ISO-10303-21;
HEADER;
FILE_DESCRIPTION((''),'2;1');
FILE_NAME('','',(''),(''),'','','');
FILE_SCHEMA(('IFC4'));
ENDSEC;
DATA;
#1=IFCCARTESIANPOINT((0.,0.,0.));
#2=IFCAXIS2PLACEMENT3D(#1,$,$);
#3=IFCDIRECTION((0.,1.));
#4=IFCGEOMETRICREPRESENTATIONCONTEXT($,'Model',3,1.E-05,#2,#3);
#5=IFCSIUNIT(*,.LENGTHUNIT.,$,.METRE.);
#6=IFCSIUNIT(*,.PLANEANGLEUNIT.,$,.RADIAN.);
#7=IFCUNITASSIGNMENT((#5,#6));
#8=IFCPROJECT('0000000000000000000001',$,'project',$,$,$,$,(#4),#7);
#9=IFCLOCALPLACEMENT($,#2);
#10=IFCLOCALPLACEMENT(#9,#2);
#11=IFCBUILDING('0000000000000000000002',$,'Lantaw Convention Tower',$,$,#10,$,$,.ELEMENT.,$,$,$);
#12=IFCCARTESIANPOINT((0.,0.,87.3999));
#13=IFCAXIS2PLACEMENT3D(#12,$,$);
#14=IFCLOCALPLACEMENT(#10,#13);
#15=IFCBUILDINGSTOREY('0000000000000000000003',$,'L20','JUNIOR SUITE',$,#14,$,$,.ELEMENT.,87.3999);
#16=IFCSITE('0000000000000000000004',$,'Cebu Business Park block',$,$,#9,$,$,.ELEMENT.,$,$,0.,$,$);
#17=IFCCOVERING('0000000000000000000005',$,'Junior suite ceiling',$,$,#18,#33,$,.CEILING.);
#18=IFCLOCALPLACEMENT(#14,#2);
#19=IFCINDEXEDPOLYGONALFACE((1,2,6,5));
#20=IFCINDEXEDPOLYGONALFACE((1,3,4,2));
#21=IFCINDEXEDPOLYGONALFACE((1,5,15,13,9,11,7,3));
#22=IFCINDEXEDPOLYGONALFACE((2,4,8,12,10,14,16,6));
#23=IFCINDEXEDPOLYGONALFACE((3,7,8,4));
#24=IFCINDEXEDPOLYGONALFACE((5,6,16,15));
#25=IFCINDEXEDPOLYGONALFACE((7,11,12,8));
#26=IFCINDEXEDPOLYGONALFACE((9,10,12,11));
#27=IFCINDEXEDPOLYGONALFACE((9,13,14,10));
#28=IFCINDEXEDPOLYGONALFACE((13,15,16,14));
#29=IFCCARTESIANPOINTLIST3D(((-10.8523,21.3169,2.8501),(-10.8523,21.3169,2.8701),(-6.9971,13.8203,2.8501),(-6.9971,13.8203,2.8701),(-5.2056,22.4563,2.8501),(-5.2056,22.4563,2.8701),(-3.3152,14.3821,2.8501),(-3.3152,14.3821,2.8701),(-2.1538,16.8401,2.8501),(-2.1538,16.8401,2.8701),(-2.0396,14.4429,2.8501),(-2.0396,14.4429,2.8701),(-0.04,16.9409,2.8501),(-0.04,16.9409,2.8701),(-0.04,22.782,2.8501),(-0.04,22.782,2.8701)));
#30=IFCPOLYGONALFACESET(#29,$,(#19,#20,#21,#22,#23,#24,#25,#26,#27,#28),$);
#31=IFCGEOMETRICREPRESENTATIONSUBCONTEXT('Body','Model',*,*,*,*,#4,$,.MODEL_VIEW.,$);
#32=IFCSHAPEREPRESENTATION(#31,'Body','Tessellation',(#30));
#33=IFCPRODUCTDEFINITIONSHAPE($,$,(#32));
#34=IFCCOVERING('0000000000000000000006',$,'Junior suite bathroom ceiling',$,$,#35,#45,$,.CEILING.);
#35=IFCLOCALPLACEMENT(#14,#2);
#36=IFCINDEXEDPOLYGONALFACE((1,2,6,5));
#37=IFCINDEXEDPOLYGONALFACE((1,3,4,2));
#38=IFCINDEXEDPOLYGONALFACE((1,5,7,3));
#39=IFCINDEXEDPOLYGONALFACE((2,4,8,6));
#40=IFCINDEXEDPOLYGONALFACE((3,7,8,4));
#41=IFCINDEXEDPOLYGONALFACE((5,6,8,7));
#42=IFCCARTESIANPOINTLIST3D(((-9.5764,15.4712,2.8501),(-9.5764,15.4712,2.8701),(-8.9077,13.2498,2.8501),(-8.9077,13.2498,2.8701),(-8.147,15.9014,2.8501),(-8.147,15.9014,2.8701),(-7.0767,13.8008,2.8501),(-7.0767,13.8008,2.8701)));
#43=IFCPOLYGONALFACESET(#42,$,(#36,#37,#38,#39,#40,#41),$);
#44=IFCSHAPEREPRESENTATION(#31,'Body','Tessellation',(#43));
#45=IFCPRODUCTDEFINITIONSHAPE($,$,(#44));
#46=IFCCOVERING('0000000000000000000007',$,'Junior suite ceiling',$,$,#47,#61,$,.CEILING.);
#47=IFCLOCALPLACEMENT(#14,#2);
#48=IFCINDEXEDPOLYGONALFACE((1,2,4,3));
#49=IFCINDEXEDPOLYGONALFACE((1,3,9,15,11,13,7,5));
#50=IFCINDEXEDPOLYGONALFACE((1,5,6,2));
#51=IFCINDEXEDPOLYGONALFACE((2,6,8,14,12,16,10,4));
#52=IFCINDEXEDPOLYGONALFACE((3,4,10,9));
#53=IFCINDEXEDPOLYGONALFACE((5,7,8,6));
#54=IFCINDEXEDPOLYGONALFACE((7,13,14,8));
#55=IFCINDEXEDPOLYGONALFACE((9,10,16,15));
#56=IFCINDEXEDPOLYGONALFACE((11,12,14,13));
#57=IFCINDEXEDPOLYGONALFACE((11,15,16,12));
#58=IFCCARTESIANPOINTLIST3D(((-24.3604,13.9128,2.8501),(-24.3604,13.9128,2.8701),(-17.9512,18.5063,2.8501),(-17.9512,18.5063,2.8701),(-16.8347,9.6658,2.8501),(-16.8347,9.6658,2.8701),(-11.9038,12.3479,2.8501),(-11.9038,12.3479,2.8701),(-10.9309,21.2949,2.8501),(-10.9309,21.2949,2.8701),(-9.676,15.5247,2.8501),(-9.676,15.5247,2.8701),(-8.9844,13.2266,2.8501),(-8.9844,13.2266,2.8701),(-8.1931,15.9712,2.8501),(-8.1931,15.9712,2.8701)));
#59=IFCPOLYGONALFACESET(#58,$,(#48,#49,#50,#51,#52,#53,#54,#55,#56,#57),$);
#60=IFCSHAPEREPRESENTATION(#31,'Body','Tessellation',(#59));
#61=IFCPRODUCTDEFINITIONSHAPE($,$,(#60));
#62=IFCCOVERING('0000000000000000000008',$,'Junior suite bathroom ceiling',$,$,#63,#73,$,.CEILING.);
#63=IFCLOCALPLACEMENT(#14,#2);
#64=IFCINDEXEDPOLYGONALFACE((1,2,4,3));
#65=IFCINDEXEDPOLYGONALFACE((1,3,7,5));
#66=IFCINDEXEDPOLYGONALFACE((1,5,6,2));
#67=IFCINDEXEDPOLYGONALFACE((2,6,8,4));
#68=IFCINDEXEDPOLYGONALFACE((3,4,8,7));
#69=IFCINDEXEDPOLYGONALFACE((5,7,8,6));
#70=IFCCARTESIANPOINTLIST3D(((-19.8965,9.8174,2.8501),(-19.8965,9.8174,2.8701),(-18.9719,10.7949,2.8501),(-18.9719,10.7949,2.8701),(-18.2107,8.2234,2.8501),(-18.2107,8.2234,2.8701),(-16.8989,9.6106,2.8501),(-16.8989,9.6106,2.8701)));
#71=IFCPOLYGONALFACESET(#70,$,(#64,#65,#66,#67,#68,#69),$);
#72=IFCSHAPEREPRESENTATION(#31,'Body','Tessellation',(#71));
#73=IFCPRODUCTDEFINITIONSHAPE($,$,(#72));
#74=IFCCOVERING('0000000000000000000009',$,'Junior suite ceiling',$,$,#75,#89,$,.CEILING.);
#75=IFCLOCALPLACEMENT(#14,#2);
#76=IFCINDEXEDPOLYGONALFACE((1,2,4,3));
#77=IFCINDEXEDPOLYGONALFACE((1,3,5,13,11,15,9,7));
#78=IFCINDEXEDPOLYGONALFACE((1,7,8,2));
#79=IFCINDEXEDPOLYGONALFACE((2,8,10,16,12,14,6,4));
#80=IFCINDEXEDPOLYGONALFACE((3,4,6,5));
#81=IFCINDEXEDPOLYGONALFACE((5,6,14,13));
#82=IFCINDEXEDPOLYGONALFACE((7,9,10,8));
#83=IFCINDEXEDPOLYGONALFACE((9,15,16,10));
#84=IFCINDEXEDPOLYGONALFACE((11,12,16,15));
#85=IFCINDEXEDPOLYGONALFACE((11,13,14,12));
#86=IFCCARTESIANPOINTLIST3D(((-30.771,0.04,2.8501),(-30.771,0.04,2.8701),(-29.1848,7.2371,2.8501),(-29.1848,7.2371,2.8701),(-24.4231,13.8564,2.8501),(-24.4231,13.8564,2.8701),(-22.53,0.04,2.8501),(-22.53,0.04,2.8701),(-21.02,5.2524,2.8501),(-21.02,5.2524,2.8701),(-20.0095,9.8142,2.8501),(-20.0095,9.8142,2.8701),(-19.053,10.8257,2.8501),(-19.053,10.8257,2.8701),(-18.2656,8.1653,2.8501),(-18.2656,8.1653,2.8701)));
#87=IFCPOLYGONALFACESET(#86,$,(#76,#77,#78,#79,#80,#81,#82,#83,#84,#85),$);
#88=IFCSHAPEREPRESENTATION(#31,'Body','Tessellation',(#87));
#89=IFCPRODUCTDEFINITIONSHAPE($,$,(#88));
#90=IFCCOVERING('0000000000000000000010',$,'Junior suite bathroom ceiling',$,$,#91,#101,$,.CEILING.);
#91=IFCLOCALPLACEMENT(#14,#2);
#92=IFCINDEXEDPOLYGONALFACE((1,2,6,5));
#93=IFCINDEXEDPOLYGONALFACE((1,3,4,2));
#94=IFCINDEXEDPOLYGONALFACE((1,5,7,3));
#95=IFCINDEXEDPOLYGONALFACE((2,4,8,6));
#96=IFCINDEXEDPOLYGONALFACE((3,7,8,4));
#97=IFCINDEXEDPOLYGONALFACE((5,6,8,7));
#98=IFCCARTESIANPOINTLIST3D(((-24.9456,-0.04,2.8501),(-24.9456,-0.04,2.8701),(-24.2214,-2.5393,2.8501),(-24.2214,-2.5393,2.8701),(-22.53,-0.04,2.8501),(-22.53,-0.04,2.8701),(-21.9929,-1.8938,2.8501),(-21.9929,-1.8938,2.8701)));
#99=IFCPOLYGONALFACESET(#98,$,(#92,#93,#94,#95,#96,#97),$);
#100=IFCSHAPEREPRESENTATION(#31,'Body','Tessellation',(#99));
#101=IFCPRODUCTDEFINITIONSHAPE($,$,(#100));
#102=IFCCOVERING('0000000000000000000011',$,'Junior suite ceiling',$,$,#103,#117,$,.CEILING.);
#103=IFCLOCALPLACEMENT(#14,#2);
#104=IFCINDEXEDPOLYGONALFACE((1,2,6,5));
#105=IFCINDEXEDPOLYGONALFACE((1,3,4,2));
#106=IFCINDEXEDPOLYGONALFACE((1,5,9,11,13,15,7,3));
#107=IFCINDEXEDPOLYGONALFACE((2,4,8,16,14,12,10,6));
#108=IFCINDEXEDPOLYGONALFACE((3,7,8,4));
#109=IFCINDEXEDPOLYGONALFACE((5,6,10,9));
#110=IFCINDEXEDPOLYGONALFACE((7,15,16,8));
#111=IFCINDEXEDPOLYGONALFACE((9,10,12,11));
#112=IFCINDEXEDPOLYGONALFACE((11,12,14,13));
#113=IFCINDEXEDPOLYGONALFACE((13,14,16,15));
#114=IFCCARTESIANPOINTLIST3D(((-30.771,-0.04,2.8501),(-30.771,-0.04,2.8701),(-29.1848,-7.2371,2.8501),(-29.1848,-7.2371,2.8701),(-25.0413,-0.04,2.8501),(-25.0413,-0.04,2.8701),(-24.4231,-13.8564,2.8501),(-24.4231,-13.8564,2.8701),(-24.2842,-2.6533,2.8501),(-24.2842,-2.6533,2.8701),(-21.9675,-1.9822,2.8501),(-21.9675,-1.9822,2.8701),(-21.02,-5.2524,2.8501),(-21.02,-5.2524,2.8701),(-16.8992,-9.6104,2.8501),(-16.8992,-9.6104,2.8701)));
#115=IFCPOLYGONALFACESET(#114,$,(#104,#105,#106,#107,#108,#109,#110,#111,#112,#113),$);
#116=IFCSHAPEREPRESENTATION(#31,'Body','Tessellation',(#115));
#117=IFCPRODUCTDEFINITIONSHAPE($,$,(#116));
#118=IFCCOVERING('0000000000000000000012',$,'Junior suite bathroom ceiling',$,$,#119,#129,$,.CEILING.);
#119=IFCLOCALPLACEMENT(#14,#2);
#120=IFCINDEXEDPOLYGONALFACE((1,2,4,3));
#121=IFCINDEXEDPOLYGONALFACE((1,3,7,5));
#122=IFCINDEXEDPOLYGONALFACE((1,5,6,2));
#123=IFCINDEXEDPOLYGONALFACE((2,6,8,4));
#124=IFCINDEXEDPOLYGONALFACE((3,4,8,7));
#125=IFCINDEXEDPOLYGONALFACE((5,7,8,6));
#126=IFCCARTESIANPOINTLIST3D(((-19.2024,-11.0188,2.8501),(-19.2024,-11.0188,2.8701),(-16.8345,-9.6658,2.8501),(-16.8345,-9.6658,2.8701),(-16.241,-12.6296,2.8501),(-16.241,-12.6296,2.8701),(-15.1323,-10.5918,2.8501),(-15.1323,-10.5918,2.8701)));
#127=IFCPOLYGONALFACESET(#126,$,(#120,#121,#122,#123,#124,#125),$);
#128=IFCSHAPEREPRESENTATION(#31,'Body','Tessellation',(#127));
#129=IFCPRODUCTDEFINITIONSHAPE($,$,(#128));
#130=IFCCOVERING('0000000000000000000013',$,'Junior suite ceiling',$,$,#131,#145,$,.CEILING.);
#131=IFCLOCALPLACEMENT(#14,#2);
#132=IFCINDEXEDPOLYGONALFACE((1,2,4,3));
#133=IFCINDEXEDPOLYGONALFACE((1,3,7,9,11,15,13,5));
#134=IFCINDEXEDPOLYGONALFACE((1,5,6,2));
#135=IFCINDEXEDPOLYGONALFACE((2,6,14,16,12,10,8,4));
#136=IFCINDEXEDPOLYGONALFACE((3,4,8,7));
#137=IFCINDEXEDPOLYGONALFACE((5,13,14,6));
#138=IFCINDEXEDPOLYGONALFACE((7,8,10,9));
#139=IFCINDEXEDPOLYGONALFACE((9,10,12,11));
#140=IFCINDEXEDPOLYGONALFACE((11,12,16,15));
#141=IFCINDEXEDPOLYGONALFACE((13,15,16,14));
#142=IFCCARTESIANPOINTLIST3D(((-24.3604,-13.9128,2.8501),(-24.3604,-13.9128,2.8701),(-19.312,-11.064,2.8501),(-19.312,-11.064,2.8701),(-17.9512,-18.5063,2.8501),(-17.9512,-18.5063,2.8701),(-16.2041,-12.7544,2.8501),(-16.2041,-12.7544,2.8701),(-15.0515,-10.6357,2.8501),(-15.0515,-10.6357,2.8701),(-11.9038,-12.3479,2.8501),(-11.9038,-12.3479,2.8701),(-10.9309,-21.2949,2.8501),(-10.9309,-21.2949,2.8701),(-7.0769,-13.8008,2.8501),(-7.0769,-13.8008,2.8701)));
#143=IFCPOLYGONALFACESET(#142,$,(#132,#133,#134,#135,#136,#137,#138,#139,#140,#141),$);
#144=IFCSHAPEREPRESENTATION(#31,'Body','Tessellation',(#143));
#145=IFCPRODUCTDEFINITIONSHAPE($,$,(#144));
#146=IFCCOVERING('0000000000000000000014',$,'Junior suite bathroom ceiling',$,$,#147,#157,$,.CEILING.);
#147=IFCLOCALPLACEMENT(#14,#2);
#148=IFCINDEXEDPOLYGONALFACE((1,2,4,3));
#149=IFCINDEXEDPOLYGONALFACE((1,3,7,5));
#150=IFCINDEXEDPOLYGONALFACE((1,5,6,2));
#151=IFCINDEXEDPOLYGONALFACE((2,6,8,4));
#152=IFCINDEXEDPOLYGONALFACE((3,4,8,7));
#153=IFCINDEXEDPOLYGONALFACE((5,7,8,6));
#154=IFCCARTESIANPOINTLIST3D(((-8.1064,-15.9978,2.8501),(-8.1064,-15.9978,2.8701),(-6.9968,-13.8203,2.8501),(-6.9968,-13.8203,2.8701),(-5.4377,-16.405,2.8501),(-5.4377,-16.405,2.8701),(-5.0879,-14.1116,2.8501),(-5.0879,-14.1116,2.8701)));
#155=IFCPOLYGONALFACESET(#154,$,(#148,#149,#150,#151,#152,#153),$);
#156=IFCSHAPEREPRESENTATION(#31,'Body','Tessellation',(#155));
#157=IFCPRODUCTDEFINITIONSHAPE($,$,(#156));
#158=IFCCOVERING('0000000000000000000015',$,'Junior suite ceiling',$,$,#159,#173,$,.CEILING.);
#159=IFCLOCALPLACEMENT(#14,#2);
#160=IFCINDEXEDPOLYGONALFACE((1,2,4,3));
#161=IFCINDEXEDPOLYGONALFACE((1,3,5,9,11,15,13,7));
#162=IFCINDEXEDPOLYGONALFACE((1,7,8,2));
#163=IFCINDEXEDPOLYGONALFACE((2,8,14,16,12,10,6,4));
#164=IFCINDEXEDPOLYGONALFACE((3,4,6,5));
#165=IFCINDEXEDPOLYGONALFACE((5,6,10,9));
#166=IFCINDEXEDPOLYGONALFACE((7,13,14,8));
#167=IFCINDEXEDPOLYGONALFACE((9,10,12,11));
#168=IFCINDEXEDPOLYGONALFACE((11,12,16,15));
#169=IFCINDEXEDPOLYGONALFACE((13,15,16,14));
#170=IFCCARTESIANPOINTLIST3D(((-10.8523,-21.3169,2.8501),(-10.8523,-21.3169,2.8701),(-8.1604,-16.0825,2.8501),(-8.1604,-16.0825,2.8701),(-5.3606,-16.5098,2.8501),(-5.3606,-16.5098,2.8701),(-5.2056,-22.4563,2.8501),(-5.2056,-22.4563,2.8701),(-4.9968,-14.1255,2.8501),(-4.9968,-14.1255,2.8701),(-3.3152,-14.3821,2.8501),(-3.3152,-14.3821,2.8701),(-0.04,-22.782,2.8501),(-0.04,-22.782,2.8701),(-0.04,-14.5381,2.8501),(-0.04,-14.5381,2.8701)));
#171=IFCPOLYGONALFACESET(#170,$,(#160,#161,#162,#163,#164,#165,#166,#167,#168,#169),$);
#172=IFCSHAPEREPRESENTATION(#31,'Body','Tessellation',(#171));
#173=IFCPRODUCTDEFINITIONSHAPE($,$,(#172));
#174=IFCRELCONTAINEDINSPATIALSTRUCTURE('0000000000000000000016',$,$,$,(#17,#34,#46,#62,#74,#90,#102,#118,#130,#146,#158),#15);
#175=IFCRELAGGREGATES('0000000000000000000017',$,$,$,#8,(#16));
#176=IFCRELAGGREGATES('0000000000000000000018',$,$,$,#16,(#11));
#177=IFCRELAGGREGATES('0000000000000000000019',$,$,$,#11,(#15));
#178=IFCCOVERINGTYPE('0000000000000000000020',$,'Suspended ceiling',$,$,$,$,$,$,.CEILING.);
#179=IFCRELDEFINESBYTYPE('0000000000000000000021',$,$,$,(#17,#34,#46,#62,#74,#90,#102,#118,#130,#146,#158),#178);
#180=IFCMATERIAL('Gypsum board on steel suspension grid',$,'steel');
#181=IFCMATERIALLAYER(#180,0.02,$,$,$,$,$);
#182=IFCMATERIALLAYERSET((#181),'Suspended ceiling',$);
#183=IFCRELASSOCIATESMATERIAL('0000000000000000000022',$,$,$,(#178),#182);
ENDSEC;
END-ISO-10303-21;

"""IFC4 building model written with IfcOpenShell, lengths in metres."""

from ifc_helpers import new_model, si_unit, direction, frame, origin, place, context, subcontext, project, spatial, polyline, outline, extrude, material, layer, layer_set, type_object, element, save


model = new_model("IFC4")

# Units and contexts
model_context = context("Model", 3, precision=1e-05, world=origin(), true_north=direction((0.0, 1.0)))
body_context = subcontext(model_context, "Body", "Model", "MODEL_VIEW")
ifc_project = project(units=[si_unit("LENGTHUNIT", "METRE"), si_unit("PLANEANGLEUNIT", "RADIAN")], contexts=[model_context])

# Site, building, storey
site_placement = place(None, origin())
site = spatial("IfcSite", under=ifc_project, at=site_placement, Name="Cebu Business Park block", CompositionType="ELEMENT", RefElevation=0.0)
building_placement = place(site_placement, origin())
building = spatial("IfcBuilding", under=site, at=building_placement, Name="Lantaw Convention Tower", CompositionType="ELEMENT")
storey_placement = place(building_placement, frame((0.0, 0.0, 87.3999)))
storey = spatial("IfcBuildingStorey", under=building, at=storey_placement, Name="L20", Description="JUNIOR SUITE", CompositionType="ELEMENT", Elevation=87.3999)

# Coverings
ifc_material_1 = material(Name="Gypsum board on steel suspension grid", Category="steel")
ifc_layer_1 = layer(ifc_material_1, 0.02)
ifc_layer_set_1 = layer_set([ifc_layer_1], Name="Suspended ceiling")
covering_type = type_object("IfcCoveringType", Name="Suspended ceiling", PredefinedType="CEILING", material=ifc_layer_set_1)
covering_1_placement = place(storey_placement, frame((0.0, 0.0, 2.8501)))
element("IfcCovering", 1, at=covering_1_placement, inside=storey, type_object=covering_type, Name="Junior suite ceiling", PredefinedType="CEILING", context=body_context, shape_type="SweptSolid", body=[
    extrude(outline(polyline([(-3.3152, 14.3821), (-2.0396, 14.4429), (-2.1538, 16.8401), (-0.04, 16.9409), (-0.04, 22.782), (-5.2056, 22.4563), (-10.8523, 21.3169), (-6.9971, 13.8203), (-3.3152, 14.3821)])), origin(), (0.0, 0.0, 1.0), 0.02),
])
covering_2_placement = place(storey_placement, frame((0.0, 0.0, 2.8501)))
element("IfcCovering", 2, at=covering_2_placement, inside=storey, type_object=covering_type, Name="Junior suite bathroom ceiling", PredefinedType="CEILING", context=body_context, shape_type="SweptSolid", body=[
    extrude(outline(polyline([(-7.0767, 13.8008), (-8.147, 15.9014), (-9.5764, 15.4712), (-8.9077, 13.2498), (-7.0767, 13.8008)])), origin(), (0.0, 0.0, 1.0), 0.02),
])
covering_3_placement = place(storey_placement, frame((0.0, 0.0, 2.8501)))
element("IfcCovering", 3, at=covering_3_placement, inside=storey, type_object=covering_type, Name="Junior suite ceiling", PredefinedType="CEILING", context=body_context, shape_type="SweptSolid", body=[
    extrude(outline(polyline([(-11.9038, 12.3479), (-8.9844, 13.2266), (-9.676, 15.5247), (-8.1931, 15.9712), (-10.9309, 21.2949), (-17.9512, 18.5063), (-24.3604, 13.9128), (-16.8347, 9.6658), (-11.9038, 12.3479)])), origin(), (0.0, 0.0, 1.0), 0.02),
])
covering_4_placement = place(storey_placement, frame((0.0, 0.0, 2.8501)))
element("IfcCovering", 4, at=covering_4_placement, inside=storey, type_object=covering_type, Name="Junior suite bathroom ceiling", PredefinedType="CEILING", context=body_context, shape_type="SweptSolid", body=[
    extrude(outline(polyline([(-16.8989, 9.6106), (-18.9719, 10.7949), (-19.8965, 9.8174), (-18.2107, 8.2234), (-16.8989, 9.6106)])), origin(), (0.0, 0.0, 1.0), 0.02),
])
covering_5_placement = place(storey_placement, frame((0.0, 0.0, 2.8501)))
element("IfcCovering", 5, at=covering_5_placement, inside=storey, type_object=covering_type, Name="Junior suite ceiling", PredefinedType="CEILING", context=body_context, shape_type="SweptSolid", body=[
    extrude(outline(polyline([(-21.02, 5.2524), (-18.2656, 8.1653), (-20.0095, 9.8142), (-19.053, 10.8257), (-24.4231, 13.8564), (-29.1848, 7.2371), (-30.771, 0.04), (-22.53, 0.04), (-21.02, 5.2524)])), origin(), (0.0, 0.0, 1.0), 0.02),
])
covering_6_placement = place(storey_placement, frame((0.0, 0.0, 2.8501)))
element("IfcCovering", 6, at=covering_6_placement, inside=storey, type_object=covering_type, Name="Junior suite bathroom ceiling", PredefinedType="CEILING", context=body_context, shape_type="SweptSolid", body=[
    extrude(outline(polyline([(-22.53, -0.04), (-24.9456, -0.04), (-24.2214, -2.5393), (-21.9929, -1.8938), (-22.53, -0.04)])), origin(), (0.0, 0.0, 1.0), 0.02),
])
covering_7_placement = place(storey_placement, frame((0.0, 0.0, 2.8501)))
element("IfcCovering", 7, at=covering_7_placement, inside=storey, type_object=covering_type, Name="Junior suite ceiling", PredefinedType="CEILING", context=body_context, shape_type="SweptSolid", body=[
    extrude(outline(polyline([(-21.02, -5.2524), (-21.9675, -1.9822), (-24.2842, -2.6533), (-25.0413, -0.04), (-30.771, -0.04), (-29.1848, -7.2371), (-24.4231, -13.8564), (-16.8992, -9.6104), (-21.02, -5.2524)])), origin(), (0.0, 0.0, 1.0), 0.02),
])
covering_8_placement = place(storey_placement, frame((0.0, 0.0, 2.8501)))
element("IfcCovering", 8, at=covering_8_placement, inside=storey, type_object=covering_type, Name="Junior suite bathroom ceiling", PredefinedType="CEILING", context=body_context, shape_type="SweptSolid", body=[
    extrude(outline(polyline([(-16.8345, -9.6658), (-19.2024, -11.0188), (-16.241, -12.6296), (-15.1323, -10.5918), (-16.8345, -9.6658)])), origin(), (0.0, 0.0, 1.0), 0.02),
])
covering_9_placement = place(storey_placement, frame((0.0, 0.0, 2.8501)))
element("IfcCovering", 9, at=covering_9_placement, inside=storey, type_object=covering_type, Name="Junior suite ceiling", PredefinedType="CEILING", context=body_context, shape_type="SweptSolid", body=[
    extrude(outline(polyline([(-19.312, -11.064), (-24.3604, -13.9128), (-17.9512, -18.5063), (-10.9309, -21.2949), (-7.0769, -13.8008), (-11.9038, -12.3479), (-15.0515, -10.6357), (-16.2041, -12.7544), (-19.312, -11.064)])), origin(), (0.0, 0.0, 1.0), 0.02),
])
covering_10_placement = place(storey_placement, frame((0.0, 0.0, 2.8501)))
element("IfcCovering", 10, at=covering_10_placement, inside=storey, type_object=covering_type, Name="Junior suite bathroom ceiling", PredefinedType="CEILING", context=body_context, shape_type="SweptSolid", body=[
    extrude(outline(polyline([(-6.9968, -13.8203), (-8.1064, -15.9978), (-5.4377, -16.405), (-5.0879, -14.1116), (-6.9968, -13.8203)])), origin(), (0.0, 0.0, 1.0), 0.02),
])
covering_11_placement = place(storey_placement, frame((0.0, 0.0, 2.8501)))
element("IfcCovering", 11, at=covering_11_placement, inside=storey, type_object=covering_type, Name="Junior suite ceiling", PredefinedType="CEILING", context=body_context, shape_type="SweptSolid", body=[
    extrude(outline(polyline([(-3.3152, -14.3821), (-4.9968, -14.1255), (-5.3606, -16.5098), (-8.1604, -16.0825), (-10.8523, -21.3169), (-5.2056, -22.4563), (-0.04, -22.782), (-0.04, -14.5381), (-3.3152, -14.3821)])), origin(), (0.0, 0.0, 1.0), 0.02),
])

save(model, "model.ifc")
